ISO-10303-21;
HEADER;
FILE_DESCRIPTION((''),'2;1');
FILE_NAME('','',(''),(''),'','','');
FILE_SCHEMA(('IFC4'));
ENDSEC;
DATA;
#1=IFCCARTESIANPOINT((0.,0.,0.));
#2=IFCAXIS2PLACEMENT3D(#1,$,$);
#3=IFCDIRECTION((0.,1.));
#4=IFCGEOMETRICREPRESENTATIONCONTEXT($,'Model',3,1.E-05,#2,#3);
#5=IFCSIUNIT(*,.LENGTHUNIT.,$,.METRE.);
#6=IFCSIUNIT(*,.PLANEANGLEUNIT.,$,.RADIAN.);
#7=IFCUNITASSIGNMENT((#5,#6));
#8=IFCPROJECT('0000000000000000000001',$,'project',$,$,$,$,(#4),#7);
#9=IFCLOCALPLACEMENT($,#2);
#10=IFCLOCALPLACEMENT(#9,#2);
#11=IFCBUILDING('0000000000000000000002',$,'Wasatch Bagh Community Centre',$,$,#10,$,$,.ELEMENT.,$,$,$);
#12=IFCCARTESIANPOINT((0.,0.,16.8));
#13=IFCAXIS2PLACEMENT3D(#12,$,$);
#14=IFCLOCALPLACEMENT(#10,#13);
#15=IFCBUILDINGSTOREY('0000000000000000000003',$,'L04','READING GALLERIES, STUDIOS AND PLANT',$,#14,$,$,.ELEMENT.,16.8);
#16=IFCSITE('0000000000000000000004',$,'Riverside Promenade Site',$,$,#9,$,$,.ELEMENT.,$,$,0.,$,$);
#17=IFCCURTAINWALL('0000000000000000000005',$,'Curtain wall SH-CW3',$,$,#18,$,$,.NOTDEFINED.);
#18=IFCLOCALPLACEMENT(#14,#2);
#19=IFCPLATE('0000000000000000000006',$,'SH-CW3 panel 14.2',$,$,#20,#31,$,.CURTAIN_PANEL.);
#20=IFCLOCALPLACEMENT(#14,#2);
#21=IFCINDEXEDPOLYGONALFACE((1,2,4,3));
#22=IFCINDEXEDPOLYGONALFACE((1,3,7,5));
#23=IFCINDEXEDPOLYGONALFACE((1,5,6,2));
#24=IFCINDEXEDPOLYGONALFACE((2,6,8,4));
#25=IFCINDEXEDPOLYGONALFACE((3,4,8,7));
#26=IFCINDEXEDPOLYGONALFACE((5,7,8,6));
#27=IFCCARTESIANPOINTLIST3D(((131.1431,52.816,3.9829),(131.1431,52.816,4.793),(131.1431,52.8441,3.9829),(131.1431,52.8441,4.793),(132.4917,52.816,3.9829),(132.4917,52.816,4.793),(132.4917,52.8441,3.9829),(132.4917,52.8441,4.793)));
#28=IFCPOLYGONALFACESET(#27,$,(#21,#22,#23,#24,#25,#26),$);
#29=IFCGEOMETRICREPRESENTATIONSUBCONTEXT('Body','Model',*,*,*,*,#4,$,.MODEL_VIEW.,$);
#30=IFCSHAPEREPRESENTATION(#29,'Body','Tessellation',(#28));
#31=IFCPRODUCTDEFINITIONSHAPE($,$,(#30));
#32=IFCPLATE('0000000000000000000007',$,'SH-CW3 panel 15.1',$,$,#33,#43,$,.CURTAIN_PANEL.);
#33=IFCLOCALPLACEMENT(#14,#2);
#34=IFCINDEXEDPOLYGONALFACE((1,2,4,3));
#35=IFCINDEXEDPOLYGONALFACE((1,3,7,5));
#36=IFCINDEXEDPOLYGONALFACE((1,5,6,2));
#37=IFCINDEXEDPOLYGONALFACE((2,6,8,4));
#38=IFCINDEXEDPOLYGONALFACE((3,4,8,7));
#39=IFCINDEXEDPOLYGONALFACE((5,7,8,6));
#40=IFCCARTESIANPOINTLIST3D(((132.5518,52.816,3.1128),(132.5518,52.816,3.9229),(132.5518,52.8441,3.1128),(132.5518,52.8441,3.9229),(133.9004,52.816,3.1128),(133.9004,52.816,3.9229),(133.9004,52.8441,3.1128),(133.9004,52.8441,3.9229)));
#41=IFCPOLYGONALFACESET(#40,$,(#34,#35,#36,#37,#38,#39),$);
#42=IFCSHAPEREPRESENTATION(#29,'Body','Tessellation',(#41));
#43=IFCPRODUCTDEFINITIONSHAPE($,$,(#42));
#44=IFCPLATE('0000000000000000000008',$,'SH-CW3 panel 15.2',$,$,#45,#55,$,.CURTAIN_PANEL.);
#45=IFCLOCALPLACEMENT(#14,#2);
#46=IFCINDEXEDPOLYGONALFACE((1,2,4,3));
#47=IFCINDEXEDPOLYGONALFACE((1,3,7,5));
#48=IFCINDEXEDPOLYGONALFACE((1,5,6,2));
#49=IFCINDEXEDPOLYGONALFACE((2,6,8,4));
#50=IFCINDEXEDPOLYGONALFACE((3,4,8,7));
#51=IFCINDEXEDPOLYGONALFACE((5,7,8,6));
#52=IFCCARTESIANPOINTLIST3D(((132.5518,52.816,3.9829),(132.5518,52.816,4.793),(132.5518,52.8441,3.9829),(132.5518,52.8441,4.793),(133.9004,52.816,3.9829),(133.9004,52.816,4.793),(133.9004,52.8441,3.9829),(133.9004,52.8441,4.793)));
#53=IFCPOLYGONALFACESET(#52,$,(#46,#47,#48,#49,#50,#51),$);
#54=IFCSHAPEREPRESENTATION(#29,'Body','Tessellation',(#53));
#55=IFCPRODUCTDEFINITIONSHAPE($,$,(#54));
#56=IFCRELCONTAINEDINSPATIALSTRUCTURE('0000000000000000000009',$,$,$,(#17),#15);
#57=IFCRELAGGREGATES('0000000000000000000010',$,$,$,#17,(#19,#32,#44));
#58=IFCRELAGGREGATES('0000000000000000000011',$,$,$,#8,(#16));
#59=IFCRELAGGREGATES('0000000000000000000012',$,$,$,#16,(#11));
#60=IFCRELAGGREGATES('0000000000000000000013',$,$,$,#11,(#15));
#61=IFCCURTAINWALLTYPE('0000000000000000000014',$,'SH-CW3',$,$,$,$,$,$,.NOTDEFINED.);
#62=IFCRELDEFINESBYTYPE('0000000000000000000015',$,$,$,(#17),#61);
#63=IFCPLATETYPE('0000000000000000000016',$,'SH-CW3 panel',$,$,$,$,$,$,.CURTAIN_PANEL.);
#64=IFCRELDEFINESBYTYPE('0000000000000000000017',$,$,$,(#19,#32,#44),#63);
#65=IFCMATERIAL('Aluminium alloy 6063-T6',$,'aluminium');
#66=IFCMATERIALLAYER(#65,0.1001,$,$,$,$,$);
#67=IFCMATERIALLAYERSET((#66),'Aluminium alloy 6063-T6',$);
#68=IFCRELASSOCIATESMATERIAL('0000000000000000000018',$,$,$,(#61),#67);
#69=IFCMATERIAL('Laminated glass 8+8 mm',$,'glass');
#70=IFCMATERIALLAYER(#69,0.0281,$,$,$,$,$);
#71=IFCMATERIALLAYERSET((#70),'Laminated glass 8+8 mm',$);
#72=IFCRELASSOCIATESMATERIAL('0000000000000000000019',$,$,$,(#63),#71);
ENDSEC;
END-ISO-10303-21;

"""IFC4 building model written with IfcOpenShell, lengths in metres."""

from ifc_helpers import new_model, si_unit, direction, frame, origin, origin_2d, place, context, subcontext, project, spatial, rectangle, extrude, material, layer, layer_set, type_object, element, aggregate, save


model = new_model("IFC4")

# Units and contexts
model_context = context("Model", 3, precision=1e-05, world=origin(), true_north=direction((0.0, 1.0)))
body_context = subcontext(model_context, "Body", "Model", "MODEL_VIEW")
ifc_project = project(units=[si_unit("LENGTHUNIT", "METRE"), si_unit("PLANEANGLEUNIT", "RADIAN")], contexts=[model_context])

# Site, building, storey
site_placement = place(None, origin())
site = spatial("IfcSite", under=ifc_project, at=site_placement, Name="Riverside Promenade Site", CompositionType="ELEMENT", RefElevation=0.0)
building_placement = place(site_placement, origin())
building = spatial("IfcBuilding", under=site, at=building_placement, Name="Wasatch Bagh Community Centre", CompositionType="ELEMENT")
storey_placement = place(building_placement, frame((0.0, 0.0, 16.8)))
storey = spatial("IfcBuildingStorey", under=building, at=storey_placement, Name="L04", Description="READING GALLERIES, STUDIOS AND PLANT", CompositionType="ELEMENT", Elevation=16.8)

# Curtain wall, plates
ifc_material_1 = material(Name="Aluminium alloy 6063-T6", Category="aluminium")
ifc_layer_1 = layer(ifc_material_1, 0.1001)
ifc_layer_set_1 = layer_set([ifc_layer_1], Name="Aluminium alloy 6063-T6")
curtain_wall_type = type_object("IfcCurtainWallType", Name="SH-CW3", PredefinedType="NOTDEFINED", material=ifc_layer_set_1)
curtain_wall_placement = place(storey_placement, origin())
curtain_wall = element("IfcCurtainWall", 1, at=curtain_wall_placement, inside=storey, type_object=curtain_wall_type, Name="Curtain wall SH-CW3", PredefinedType="NOTDEFINED")
ifc_material_2 = material(Name="Laminated glass 8+8 mm", Category="glass")
ifc_layer_2 = layer(ifc_material_2, 0.0281)
ifc_layer_set_2 = layer_set([ifc_layer_2], Name="Laminated glass 8+8 mm")
plate_type = type_object("IfcPlateType", Name="SH-CW3 panel", PredefinedType="CURTAIN_PANEL", material=ifc_layer_set_2)
plate_1_placement = place(storey_placement, frame((131.8174, 52.8301, 3.9829), z_axis=(0.0, 0.0, 1.0), x_axis=(1.0, 0.0, 0.0)))
plate_1 = element("IfcPlate", 2, at=plate_1_placement, type_object=plate_type, Name="SH-CW3 panel 14.2", PredefinedType="CURTAIN_PANEL", context=body_context, shape_type="SweptSolid", body=[
    extrude(rectangle(XDim=1.3486, YDim=0.0281, at=origin_2d()), origin(), (0.0, 0.0, 1.0), 0.8101),
])
plate_2_placement = place(storey_placement, frame((133.2261, 52.8301, 3.1128), z_axis=(0.0, 0.0, 1.0), x_axis=(1.0, 0.0, 0.0)))
plate_2 = element("IfcPlate", 3, at=plate_2_placement, type_object=plate_type, Name="SH-CW3 panel 15.1", PredefinedType="CURTAIN_PANEL", context=body_context, shape_type="SweptSolid", body=[
    extrude(rectangle(XDim=1.3486, YDim=0.0281, at=origin_2d()), origin(), (0.0, 0.0, 1.0), 0.8101),
])
plate_3_placement = place(storey_placement, frame((133.2261, 52.8301, 3.9829), z_axis=(0.0, 0.0, 1.0), x_axis=(1.0, 0.0, 0.0)))
plate_3 = element("IfcPlate", 4, at=plate_3_placement, type_object=plate_type, Name="SH-CW3 panel 15.2", PredefinedType="CURTAIN_PANEL", context=body_context, shape_type="SweptSolid", body=[
    extrude(rectangle(XDim=1.3486, YDim=0.0281, at=origin_2d()), origin(), (0.0, 0.0, 1.0), 0.8101),
])
aggregate(curtain_wall, [plate_1, plate_2, plate_3])

save(model, "model.ifc")
